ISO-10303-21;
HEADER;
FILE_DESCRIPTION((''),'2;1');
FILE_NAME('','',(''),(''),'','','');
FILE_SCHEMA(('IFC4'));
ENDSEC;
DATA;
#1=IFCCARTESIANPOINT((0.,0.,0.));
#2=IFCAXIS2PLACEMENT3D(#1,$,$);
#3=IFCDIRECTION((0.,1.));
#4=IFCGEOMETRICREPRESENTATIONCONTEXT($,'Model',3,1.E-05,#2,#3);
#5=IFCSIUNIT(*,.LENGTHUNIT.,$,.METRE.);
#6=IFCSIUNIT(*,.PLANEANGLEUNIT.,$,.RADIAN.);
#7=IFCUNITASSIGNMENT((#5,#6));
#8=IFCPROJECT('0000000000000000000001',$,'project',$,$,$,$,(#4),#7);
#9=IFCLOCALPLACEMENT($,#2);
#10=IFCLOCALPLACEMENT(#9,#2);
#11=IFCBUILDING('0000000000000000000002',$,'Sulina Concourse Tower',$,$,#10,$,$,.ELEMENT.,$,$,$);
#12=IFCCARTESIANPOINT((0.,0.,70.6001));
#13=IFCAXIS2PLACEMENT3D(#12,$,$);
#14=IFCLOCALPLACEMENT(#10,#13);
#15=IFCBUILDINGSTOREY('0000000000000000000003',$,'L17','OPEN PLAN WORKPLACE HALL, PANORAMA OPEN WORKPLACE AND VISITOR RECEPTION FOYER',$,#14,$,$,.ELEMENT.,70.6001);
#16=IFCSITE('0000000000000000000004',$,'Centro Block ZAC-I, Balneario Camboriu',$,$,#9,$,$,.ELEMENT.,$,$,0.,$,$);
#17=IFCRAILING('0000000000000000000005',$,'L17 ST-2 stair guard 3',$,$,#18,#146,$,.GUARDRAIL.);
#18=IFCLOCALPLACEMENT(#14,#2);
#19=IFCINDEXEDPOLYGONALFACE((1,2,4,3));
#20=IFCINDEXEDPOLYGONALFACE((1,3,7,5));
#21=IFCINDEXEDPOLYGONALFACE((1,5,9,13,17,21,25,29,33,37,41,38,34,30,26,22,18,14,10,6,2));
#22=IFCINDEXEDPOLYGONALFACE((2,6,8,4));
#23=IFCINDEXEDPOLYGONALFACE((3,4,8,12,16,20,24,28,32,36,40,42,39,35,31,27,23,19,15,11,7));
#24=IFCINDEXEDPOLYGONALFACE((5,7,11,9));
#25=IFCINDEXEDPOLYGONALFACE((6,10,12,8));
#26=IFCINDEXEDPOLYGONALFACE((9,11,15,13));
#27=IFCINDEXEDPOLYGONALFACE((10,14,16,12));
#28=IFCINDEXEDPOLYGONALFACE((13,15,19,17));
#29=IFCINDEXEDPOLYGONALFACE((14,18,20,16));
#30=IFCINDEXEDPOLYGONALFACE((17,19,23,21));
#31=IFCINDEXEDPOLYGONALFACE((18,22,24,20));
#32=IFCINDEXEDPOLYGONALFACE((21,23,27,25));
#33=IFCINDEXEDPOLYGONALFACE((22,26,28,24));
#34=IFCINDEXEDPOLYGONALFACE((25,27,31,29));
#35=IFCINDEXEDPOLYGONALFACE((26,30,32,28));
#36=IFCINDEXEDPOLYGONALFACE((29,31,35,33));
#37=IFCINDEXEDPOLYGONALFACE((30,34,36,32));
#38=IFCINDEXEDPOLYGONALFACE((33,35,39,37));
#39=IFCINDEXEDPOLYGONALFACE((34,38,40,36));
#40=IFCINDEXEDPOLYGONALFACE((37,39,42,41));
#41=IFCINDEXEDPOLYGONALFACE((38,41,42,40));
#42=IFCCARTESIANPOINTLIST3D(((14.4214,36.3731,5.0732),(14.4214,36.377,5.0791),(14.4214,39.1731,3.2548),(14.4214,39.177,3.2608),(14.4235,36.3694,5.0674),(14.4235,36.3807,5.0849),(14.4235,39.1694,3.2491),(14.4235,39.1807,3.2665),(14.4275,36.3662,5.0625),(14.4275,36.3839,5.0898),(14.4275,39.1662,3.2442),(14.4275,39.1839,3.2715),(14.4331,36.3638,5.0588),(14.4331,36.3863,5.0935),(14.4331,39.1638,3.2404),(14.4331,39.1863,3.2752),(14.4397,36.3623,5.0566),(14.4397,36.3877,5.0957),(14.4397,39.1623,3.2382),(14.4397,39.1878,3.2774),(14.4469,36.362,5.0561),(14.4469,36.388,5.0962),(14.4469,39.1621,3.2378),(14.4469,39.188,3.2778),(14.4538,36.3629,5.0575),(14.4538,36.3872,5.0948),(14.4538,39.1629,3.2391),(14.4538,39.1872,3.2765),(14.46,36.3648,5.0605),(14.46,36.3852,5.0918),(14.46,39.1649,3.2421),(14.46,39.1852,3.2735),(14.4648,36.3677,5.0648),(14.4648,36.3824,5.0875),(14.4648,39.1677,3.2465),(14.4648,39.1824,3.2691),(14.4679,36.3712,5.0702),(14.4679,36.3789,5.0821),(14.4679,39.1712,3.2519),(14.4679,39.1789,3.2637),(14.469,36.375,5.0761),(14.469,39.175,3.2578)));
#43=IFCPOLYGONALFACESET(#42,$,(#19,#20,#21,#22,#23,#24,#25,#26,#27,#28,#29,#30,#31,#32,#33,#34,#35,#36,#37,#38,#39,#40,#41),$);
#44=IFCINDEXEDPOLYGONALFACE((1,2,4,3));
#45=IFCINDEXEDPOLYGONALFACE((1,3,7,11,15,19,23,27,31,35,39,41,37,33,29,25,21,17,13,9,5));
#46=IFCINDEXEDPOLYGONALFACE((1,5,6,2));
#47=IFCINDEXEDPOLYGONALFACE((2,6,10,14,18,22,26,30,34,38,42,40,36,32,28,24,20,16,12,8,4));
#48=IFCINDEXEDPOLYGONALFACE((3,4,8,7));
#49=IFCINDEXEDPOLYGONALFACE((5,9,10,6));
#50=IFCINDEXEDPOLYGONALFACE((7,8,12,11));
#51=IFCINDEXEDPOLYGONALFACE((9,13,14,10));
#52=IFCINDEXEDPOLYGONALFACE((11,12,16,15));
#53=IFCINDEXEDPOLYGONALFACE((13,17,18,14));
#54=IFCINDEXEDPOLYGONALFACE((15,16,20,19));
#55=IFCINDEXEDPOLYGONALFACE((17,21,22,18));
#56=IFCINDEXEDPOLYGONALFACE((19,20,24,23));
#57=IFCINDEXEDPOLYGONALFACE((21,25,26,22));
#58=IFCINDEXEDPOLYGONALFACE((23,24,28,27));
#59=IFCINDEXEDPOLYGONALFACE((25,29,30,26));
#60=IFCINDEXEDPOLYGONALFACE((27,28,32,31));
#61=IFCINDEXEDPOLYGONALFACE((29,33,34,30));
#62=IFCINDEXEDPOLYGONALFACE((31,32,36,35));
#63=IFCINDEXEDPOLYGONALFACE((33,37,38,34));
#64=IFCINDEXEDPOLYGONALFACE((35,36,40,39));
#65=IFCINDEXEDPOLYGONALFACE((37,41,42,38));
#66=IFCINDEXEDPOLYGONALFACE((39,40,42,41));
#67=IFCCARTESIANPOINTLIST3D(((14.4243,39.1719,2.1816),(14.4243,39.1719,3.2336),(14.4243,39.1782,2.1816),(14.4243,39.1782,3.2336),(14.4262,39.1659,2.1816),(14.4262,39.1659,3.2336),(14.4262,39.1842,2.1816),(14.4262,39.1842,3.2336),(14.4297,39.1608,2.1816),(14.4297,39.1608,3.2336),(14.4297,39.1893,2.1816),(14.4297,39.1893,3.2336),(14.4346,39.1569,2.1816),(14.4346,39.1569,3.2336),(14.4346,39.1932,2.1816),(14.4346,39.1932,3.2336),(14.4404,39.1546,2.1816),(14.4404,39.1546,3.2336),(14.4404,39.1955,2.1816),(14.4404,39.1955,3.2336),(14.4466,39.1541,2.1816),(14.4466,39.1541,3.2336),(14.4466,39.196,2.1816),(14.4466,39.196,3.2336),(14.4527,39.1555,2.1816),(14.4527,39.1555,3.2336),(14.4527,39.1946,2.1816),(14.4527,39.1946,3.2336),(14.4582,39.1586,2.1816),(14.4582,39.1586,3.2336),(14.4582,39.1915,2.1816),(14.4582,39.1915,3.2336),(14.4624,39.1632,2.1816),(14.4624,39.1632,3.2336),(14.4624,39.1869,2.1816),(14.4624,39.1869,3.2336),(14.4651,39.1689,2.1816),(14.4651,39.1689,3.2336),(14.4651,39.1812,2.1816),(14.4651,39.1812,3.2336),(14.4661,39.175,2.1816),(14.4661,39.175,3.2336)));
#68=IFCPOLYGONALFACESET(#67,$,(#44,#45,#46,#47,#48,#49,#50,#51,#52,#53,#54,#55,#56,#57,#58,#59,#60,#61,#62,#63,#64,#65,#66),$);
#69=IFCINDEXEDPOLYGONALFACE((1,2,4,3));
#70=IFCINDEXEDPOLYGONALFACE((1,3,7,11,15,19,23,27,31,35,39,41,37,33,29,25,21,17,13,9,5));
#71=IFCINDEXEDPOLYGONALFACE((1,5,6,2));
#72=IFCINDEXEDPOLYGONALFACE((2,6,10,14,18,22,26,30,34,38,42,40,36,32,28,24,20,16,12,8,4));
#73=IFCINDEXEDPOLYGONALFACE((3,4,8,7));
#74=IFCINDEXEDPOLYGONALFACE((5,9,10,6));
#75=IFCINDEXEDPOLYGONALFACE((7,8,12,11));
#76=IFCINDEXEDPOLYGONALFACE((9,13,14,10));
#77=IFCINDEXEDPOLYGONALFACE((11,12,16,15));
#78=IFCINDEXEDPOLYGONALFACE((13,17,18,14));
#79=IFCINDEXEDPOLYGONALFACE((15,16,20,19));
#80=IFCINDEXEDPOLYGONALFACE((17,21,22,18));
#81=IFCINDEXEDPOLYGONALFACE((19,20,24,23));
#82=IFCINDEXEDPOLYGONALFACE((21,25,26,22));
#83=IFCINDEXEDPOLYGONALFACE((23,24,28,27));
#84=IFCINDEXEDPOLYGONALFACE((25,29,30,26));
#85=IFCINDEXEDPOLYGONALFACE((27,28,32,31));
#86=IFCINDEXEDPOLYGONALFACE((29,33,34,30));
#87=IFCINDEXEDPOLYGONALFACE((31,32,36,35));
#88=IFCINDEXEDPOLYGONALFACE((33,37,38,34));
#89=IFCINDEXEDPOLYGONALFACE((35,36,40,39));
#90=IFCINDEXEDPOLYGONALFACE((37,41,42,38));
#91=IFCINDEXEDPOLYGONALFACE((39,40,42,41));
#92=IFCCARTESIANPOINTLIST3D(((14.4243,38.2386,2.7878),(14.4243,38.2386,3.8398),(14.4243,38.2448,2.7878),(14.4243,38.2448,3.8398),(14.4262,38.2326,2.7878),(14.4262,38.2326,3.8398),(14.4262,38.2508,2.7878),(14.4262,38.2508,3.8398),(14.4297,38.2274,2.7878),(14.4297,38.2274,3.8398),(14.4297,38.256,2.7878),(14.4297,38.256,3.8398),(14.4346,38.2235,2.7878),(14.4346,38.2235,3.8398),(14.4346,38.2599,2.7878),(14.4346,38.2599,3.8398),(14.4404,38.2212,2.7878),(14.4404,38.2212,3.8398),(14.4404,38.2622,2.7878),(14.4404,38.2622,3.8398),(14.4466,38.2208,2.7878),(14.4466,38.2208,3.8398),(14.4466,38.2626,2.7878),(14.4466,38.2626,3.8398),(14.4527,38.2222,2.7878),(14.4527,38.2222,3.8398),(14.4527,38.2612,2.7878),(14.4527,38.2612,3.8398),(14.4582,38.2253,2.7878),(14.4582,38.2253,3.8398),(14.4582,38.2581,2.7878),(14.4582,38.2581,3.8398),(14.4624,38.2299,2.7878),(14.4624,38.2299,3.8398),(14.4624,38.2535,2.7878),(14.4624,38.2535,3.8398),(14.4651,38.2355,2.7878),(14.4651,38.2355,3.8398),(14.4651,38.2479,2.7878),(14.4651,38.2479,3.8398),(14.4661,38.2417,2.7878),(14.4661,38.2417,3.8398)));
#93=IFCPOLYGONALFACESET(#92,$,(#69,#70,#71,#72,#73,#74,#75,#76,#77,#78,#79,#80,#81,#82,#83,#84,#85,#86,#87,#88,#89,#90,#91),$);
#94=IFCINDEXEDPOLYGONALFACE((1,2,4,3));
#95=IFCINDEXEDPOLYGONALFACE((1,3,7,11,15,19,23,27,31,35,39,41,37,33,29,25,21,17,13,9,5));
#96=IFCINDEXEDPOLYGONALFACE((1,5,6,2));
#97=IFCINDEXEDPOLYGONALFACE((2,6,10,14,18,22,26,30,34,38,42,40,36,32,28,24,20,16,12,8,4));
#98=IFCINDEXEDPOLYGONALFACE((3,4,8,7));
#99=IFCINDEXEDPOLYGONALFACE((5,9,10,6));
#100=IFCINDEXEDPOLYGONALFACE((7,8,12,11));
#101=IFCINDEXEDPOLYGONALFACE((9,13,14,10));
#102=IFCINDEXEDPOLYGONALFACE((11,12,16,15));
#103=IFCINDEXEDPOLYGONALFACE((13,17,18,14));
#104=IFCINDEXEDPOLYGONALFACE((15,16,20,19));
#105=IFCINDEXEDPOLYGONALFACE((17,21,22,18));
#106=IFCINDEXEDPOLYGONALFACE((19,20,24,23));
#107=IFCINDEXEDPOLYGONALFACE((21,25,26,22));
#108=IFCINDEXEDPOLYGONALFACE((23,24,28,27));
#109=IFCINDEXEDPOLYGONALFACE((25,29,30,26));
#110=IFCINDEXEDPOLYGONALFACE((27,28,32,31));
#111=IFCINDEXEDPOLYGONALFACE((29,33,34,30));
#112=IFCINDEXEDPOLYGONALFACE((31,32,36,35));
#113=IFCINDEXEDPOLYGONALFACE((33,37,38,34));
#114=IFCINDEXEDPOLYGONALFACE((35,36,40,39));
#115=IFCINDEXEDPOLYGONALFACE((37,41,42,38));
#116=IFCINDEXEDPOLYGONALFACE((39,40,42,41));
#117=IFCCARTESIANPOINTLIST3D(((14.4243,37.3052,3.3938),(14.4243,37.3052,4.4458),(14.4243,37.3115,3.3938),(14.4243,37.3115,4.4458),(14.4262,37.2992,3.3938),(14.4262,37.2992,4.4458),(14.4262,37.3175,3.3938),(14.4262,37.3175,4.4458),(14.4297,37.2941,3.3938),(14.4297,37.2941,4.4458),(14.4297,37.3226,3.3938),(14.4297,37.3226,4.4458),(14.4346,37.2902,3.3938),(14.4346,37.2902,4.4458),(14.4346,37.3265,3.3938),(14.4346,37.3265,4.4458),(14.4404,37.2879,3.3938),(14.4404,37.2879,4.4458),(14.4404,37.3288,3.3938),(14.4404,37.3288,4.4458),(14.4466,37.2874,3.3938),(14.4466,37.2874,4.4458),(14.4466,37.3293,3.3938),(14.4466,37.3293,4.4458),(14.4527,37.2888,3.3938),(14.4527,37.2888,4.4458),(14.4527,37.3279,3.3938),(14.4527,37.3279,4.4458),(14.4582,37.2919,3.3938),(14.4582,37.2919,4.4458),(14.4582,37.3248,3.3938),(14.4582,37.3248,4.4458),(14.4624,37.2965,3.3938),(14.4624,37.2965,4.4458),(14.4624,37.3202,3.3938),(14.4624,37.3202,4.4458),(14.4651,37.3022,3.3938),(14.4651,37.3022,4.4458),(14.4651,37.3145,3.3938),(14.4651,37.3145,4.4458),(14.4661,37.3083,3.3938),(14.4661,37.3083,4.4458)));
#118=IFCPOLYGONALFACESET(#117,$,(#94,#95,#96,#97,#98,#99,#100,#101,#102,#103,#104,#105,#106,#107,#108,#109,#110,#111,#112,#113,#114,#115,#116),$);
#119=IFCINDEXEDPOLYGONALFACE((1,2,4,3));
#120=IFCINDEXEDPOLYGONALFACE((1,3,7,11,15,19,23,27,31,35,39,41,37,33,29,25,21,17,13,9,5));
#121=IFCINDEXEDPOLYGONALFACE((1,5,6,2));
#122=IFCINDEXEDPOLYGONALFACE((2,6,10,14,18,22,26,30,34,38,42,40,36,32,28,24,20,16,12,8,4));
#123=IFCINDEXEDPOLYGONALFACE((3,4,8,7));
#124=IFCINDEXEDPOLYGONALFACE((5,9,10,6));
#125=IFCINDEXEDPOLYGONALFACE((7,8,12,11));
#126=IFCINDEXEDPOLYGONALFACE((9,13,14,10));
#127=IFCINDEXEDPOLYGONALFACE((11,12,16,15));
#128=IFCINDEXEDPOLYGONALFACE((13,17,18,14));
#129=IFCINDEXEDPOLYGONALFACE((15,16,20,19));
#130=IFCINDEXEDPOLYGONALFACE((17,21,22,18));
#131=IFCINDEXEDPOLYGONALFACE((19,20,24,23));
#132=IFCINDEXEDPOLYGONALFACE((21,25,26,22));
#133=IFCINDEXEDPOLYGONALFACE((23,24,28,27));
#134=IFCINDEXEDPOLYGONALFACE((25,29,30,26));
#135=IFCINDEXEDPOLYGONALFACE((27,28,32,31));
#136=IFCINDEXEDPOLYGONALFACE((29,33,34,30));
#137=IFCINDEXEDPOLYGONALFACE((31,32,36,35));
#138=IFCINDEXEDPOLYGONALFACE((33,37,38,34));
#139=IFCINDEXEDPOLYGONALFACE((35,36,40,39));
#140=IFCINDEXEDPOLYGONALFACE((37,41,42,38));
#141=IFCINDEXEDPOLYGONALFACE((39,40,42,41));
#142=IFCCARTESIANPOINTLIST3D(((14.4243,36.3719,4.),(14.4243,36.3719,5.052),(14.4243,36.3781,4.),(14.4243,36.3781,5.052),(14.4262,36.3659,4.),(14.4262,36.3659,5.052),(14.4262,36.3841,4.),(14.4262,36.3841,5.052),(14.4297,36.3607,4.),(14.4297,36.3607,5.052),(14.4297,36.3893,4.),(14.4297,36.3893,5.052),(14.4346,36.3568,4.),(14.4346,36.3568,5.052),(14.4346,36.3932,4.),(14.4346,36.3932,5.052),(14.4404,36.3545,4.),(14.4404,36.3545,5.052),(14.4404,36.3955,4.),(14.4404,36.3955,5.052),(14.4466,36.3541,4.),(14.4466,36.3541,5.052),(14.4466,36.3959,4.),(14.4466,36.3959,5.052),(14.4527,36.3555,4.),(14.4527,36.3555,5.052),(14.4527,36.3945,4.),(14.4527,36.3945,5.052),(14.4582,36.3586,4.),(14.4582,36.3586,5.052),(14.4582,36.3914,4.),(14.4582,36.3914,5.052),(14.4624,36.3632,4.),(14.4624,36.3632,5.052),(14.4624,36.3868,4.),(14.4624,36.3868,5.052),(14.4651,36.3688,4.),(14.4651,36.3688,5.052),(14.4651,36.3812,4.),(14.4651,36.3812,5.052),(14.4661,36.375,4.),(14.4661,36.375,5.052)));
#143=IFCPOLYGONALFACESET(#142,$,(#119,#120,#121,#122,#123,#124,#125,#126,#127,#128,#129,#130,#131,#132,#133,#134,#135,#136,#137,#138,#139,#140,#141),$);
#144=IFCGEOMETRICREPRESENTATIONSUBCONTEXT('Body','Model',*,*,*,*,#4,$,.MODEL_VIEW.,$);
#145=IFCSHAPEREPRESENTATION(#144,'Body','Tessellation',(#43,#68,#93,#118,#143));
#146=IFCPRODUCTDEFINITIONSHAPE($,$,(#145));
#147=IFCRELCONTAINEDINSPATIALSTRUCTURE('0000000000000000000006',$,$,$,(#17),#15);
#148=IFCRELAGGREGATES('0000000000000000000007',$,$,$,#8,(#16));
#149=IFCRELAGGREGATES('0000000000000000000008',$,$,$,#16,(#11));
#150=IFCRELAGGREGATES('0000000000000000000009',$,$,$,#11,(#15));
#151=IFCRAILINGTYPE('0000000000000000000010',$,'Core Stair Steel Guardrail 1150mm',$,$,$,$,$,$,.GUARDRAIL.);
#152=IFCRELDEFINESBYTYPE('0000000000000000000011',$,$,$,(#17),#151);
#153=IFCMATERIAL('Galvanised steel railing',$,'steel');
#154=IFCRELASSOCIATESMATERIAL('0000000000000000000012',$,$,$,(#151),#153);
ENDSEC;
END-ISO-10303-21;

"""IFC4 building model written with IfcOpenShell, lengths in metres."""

from ifc_helpers import new_model, si_unit, direction, frame, origin, origin_2d, place, context, subcontext, project, spatial, circle, extrude, material, type_object, element, save


model = new_model("IFC4")

# Units and contexts
model_context = context("Model", 3, precision=1e-05, world=origin(), true_north=direction((0.0, 1.0)))
body_context = subcontext(model_context, "Body", "Model", "MODEL_VIEW")
ifc_project = project(units=[si_unit("LENGTHUNIT", "METRE"), si_unit("PLANEANGLEUNIT", "RADIAN")], contexts=[model_context])

# Site, building, storey
site_placement = place(None, origin())
site = spatial("IfcSite", under=ifc_project, at=site_placement, Name="Centro Block ZAC-I, Balneario Camboriu", CompositionType="ELEMENT", RefElevation=0.0)
building_placement = place(site_placement, origin())
building = spatial("IfcBuilding", under=site, at=building_placement, Name="Sulina Concourse Tower", CompositionType="ELEMENT")
storey_placement = place(building_placement, frame((0.0, 0.0, 70.6001)))
storey = spatial("IfcBuildingStorey", under=building, at=storey_placement, Name="L17", Description="OPEN PLAN WORKPLACE HALL, PANORAMA OPEN WORKPLACE AND VISITOR RECEPTION FOYER", CompositionType="ELEMENT", Elevation=70.6001)

# Railing
ifc_material_1 = material(Name="Galvanised steel railing", Category="steel")
railing_type_1 = type_object("IfcRailingType", Name="Core Stair Steel Guardrail 1150mm", PredefinedType="GUARDRAIL", material=ifc_material_1)
railing_1_placement = place(storey_placement, frame((14.4451, 39.175, 2.1816)))
element("IfcRailing", 1, at=railing_1_placement, inside=storey, type_object=railing_type_1, Name="L17 ST-2 stair guard 3", PredefinedType="GUARDRAIL", context=body_context, shape_type="SweptSolid", body=[
    extrude(circle(Radius=0.0239, at=origin_2d()), frame((0.0, 0.0, 1.0762), z_axis=(0.0, -0.838672, 0.544636), x_axis=(1.0, 0.0, 0.0)), (0.0, 0.0, 1.0), 3.3386),
    extrude(circle(Radius=0.021, at=origin_2d()), origin(), (0.0, 0.0, 1.0), 1.052),
    extrude(circle(Radius=0.021, at=origin_2d()), frame((0.0, -0.9333, 0.6062)), (0.0, 0.0, 1.0), 1.052),
    extrude(circle(Radius=0.021, at=origin_2d()), frame((0.0, -1.8667, 1.2122)), (0.0, 0.0, 1.0), 1.052),
    extrude(circle(Radius=0.021, at=origin_2d()), frame((0.0, -2.8, 1.8184)), (0.0, 0.0, 1.0), 1.052),
])

save(model, "model.ifc")
